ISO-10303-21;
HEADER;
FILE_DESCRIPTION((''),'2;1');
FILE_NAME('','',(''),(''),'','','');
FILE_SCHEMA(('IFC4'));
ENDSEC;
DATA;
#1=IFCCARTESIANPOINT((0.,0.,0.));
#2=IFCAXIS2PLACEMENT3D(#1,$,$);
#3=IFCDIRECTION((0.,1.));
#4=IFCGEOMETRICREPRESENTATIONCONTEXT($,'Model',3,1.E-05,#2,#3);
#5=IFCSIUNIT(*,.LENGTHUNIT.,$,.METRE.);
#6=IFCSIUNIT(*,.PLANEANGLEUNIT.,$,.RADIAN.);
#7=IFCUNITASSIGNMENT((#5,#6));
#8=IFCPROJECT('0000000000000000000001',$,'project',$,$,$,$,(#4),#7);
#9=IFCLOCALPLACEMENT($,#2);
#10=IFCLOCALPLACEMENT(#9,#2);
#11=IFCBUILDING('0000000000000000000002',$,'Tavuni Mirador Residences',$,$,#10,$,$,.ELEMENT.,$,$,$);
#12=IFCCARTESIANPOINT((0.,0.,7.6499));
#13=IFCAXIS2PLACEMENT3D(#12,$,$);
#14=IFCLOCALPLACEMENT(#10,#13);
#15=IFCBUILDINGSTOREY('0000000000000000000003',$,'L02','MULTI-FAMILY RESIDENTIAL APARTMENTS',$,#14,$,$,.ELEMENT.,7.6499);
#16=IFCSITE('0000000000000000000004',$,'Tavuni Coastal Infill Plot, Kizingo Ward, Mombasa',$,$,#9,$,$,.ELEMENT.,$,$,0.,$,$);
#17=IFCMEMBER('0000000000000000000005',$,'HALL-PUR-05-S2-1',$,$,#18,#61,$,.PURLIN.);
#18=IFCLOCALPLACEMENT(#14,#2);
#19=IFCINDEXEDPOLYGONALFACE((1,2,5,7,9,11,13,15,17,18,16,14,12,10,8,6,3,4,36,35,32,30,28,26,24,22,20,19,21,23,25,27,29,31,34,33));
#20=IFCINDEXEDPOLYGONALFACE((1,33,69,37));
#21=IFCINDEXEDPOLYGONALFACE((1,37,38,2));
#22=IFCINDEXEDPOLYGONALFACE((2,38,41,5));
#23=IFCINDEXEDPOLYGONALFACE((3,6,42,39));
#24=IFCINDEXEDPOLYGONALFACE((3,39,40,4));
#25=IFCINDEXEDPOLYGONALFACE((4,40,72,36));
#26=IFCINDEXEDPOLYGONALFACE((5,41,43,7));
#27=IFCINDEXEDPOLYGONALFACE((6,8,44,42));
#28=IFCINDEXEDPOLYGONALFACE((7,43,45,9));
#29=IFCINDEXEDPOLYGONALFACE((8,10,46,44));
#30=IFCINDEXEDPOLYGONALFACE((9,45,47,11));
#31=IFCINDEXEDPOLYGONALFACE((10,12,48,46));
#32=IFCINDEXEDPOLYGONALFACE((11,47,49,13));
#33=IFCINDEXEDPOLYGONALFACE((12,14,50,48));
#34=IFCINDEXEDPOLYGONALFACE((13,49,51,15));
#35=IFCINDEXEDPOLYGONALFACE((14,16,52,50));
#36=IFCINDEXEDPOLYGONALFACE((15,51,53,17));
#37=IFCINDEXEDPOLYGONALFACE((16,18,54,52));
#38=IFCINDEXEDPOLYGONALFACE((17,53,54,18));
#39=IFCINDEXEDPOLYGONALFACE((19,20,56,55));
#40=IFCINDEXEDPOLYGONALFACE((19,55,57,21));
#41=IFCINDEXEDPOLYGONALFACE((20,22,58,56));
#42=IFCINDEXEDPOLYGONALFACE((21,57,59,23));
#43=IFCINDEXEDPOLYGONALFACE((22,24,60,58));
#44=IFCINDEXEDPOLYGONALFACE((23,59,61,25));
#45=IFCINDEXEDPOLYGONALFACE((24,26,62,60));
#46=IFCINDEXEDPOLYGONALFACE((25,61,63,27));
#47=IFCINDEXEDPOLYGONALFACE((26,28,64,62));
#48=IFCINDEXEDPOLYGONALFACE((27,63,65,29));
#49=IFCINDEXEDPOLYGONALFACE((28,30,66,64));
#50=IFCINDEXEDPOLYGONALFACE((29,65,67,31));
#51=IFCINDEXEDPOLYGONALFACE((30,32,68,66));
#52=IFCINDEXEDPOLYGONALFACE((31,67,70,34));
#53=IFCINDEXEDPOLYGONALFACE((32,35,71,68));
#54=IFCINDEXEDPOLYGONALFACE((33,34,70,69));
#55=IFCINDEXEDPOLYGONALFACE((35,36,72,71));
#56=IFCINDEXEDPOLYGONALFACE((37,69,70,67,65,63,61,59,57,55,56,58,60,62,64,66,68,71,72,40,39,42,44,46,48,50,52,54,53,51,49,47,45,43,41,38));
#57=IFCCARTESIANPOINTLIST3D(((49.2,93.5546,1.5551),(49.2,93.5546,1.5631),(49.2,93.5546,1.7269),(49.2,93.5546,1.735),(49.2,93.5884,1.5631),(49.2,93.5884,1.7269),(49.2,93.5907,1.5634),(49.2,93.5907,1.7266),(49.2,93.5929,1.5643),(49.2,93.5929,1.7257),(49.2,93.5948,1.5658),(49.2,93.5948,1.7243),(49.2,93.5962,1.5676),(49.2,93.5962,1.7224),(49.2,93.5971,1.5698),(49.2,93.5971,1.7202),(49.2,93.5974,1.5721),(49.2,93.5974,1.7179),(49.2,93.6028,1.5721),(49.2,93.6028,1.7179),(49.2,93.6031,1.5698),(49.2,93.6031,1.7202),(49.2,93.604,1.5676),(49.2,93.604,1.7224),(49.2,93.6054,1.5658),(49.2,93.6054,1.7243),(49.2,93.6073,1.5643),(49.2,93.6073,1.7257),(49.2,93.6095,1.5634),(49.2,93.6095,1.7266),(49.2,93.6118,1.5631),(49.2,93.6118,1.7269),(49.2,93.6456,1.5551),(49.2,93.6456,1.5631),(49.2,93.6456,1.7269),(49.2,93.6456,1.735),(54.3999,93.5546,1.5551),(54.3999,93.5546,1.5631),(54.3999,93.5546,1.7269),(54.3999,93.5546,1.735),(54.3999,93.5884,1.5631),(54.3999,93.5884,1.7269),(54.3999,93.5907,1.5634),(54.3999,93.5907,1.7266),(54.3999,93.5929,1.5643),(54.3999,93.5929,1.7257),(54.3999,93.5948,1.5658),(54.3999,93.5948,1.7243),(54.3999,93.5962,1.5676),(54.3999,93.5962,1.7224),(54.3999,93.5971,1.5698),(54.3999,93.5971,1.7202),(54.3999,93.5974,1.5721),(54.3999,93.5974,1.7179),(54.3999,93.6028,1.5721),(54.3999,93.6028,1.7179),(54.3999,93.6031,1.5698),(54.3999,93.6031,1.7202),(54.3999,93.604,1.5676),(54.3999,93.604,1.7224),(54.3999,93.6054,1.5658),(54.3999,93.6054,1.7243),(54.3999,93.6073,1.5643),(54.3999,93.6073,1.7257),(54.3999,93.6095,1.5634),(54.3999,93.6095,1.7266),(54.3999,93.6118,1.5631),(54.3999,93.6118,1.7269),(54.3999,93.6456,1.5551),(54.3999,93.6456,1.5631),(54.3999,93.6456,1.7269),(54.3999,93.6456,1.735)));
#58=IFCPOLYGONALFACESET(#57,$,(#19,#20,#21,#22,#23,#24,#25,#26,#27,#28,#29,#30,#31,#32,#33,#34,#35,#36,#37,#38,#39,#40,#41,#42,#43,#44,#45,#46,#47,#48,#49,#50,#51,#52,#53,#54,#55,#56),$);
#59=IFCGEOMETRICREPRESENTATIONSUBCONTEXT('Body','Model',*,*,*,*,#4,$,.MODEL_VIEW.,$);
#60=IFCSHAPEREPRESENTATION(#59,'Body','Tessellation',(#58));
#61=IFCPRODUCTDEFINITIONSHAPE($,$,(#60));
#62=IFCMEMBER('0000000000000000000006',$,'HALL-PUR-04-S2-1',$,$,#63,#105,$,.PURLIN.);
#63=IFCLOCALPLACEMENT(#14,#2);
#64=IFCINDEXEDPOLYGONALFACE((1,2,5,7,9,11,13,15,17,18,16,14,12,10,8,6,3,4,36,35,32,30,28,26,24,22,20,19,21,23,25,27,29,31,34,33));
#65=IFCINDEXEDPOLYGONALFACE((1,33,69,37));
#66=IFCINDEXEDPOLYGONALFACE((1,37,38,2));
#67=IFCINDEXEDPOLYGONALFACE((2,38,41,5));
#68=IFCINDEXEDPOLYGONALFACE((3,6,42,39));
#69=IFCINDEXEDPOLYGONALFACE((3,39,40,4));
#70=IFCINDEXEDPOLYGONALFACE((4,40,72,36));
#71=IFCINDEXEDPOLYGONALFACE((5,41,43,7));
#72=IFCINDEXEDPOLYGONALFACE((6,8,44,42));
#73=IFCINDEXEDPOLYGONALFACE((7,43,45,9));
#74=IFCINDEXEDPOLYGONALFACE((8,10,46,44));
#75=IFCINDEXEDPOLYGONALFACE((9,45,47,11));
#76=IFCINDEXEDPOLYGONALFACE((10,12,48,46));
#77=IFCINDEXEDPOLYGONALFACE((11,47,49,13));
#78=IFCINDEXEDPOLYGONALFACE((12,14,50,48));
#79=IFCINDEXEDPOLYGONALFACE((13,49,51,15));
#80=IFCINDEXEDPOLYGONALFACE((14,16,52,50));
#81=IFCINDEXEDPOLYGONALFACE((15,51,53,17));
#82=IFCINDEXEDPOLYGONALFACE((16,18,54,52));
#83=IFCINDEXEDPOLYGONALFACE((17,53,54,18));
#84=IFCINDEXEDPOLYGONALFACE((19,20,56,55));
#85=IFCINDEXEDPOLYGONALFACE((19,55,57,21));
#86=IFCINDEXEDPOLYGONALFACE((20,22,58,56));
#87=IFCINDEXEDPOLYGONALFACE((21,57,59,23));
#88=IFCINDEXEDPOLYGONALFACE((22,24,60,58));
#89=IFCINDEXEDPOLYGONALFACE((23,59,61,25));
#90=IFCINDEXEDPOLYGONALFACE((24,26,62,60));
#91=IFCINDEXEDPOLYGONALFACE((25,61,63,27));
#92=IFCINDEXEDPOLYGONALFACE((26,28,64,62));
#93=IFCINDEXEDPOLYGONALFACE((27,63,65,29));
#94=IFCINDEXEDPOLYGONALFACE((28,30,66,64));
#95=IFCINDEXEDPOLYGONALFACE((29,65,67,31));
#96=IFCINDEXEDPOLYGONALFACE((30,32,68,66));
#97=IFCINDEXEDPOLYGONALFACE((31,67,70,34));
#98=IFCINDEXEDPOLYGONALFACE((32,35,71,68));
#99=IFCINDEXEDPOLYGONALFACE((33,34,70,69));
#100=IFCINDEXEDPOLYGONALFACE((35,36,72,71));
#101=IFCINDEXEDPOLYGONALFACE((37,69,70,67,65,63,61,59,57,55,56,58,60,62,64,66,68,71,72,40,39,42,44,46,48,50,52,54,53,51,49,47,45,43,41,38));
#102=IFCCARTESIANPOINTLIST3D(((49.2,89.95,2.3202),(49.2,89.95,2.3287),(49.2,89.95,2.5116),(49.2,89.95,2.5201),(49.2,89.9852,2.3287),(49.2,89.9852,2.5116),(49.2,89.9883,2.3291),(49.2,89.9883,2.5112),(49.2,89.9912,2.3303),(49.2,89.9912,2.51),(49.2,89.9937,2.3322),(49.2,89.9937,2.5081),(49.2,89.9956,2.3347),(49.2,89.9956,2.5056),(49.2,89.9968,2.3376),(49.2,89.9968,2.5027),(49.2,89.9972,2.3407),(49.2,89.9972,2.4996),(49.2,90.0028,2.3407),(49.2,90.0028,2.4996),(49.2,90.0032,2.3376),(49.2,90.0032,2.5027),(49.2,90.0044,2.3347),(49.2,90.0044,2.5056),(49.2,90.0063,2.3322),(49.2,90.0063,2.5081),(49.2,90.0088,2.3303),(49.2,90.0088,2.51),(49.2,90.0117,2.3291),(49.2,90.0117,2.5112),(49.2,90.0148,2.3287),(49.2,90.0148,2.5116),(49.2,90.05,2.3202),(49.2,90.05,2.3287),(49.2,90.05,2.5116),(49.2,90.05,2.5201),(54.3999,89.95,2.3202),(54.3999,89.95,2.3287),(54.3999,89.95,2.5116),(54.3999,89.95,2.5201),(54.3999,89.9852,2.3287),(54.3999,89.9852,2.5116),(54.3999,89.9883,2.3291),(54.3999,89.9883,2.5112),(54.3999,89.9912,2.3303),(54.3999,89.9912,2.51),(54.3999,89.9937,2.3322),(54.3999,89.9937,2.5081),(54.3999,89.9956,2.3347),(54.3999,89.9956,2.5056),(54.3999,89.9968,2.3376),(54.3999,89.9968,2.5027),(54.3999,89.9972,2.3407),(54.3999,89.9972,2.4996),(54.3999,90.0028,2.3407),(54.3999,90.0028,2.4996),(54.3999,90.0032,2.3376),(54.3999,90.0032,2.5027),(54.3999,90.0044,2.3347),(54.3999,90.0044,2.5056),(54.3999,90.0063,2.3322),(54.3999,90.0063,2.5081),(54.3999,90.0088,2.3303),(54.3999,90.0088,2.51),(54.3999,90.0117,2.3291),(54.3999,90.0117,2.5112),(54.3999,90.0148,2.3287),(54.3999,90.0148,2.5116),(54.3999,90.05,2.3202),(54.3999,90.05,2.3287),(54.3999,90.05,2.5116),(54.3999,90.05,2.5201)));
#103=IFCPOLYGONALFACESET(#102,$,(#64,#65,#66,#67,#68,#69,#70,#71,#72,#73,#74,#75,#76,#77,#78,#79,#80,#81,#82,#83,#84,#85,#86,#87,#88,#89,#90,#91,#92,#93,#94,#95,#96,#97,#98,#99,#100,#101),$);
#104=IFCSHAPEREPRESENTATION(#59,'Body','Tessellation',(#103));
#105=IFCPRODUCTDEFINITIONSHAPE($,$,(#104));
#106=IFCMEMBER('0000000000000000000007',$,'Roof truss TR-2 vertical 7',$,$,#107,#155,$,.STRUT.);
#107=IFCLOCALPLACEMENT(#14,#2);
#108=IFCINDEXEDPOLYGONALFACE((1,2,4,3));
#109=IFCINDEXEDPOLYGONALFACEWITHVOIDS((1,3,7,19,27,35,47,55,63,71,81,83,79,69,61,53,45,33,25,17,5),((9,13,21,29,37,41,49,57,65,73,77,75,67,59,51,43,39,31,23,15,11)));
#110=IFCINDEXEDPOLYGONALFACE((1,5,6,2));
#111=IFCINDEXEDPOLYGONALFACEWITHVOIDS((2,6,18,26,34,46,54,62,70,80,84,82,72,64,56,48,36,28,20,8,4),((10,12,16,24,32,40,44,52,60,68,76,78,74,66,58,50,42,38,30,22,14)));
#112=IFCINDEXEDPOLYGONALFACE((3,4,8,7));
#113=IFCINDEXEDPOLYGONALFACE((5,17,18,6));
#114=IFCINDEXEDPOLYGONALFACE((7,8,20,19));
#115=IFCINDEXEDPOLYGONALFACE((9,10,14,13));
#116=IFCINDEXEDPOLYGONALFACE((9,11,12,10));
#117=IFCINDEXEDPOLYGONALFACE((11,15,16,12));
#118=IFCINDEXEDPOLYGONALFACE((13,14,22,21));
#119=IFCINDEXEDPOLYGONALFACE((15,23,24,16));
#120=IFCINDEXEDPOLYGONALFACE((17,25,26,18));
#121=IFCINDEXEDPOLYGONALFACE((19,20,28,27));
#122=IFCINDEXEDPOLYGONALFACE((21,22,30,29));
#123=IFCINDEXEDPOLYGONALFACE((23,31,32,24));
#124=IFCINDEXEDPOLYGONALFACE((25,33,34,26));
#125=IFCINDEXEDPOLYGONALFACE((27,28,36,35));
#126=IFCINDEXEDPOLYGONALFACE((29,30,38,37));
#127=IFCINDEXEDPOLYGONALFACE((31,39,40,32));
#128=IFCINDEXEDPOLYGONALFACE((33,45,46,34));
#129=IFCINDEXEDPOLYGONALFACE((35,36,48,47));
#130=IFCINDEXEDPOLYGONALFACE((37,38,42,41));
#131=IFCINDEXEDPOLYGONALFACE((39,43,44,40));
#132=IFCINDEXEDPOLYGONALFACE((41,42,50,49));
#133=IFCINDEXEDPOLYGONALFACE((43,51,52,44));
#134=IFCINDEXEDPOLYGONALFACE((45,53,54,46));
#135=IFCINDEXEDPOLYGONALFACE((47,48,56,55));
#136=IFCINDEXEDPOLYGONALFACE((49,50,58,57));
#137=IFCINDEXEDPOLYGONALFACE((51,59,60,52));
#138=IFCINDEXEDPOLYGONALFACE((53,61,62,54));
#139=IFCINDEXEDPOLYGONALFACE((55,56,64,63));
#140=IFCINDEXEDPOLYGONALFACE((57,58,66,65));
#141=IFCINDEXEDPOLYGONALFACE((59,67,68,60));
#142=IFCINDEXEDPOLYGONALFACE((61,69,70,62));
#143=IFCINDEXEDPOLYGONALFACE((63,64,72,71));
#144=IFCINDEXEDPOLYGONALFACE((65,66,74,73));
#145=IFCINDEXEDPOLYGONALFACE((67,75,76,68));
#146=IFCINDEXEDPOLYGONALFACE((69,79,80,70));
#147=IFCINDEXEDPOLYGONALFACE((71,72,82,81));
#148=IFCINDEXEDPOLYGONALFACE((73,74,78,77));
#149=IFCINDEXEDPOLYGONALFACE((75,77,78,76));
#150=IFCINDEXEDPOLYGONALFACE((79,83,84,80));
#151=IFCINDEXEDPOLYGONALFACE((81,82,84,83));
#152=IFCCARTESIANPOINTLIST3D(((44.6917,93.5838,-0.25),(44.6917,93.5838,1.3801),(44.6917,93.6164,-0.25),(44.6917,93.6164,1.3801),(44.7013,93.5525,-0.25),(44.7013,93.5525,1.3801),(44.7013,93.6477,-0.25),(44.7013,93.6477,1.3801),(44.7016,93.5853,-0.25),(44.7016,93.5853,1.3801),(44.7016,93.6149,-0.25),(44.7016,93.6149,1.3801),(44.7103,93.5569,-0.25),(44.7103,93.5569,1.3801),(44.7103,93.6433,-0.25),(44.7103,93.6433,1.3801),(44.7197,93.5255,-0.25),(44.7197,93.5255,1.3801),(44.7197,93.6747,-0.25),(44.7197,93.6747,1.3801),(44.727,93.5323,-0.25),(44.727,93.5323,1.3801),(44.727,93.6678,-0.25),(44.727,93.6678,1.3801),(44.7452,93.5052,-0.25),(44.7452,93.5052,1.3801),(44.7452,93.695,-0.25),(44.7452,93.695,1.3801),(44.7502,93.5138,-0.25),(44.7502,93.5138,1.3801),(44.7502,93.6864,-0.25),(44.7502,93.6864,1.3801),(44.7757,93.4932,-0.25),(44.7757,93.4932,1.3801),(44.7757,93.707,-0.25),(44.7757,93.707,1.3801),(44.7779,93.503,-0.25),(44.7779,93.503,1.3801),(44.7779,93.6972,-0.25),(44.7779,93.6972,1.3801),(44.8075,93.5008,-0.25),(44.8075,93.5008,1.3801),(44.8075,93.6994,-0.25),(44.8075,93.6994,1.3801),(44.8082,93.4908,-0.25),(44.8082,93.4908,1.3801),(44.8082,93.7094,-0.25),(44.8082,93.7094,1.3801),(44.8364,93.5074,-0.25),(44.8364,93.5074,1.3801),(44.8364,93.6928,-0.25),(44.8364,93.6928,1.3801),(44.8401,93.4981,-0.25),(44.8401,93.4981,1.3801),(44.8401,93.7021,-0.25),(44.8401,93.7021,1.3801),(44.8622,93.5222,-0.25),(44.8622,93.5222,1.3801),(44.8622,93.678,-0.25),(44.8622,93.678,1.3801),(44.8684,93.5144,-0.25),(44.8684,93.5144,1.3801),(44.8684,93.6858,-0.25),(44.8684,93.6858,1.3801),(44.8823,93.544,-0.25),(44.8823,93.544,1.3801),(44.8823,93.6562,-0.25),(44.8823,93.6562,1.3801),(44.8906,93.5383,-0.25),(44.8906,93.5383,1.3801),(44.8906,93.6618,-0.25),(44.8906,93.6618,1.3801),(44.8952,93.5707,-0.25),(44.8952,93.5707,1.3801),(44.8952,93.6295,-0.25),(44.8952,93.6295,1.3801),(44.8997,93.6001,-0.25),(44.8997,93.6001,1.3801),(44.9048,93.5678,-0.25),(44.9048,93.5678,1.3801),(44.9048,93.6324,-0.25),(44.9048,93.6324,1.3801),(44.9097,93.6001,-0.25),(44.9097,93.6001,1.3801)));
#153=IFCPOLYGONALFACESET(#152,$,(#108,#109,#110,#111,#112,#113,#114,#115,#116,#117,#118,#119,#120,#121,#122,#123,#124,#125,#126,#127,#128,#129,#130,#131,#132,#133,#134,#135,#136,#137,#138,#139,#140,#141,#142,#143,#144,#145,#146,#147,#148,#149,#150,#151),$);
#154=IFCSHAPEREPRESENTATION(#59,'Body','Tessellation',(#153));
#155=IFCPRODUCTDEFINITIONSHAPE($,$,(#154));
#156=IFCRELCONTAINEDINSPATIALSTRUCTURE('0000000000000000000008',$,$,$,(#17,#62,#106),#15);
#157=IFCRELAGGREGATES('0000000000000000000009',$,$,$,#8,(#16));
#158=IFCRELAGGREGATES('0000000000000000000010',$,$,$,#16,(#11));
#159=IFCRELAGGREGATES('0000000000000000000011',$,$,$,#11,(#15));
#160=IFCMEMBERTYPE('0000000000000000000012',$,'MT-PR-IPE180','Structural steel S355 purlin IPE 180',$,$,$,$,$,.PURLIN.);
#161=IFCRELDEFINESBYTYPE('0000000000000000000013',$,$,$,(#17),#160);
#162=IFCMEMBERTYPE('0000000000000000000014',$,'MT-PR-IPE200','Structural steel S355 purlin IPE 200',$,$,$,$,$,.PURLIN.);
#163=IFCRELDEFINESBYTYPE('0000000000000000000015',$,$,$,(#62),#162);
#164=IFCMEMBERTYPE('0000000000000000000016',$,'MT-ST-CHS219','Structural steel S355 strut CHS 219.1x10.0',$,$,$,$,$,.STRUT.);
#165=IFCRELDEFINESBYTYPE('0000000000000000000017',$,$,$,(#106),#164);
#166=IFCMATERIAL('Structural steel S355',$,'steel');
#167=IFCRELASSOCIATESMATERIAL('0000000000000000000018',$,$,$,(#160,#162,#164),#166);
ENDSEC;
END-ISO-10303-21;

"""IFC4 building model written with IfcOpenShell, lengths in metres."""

from ifc_helpers import new_model, si_unit, direction, frame, origin, origin_2d, place, context, subcontext, project, spatial, hollow_circle, i_section, extrude, material, material_profile, profile_set, type_object, element, save


model = new_model("IFC4")

# Units and contexts
model_context = context("Model", 3, precision=1e-05, world=origin(), true_north=direction((0.0, 1.0)))
body_context = subcontext(model_context, "Body", "Model", "MODEL_VIEW")
ifc_project = project(units=[si_unit("LENGTHUNIT", "METRE"), si_unit("PLANEANGLEUNIT", "RADIAN")], contexts=[model_context])

# Site, building, storey
site_placement = place(None, origin())
site = spatial("IfcSite", under=ifc_project, at=site_placement, Name="Tavuni Coastal Infill Plot, Kizingo Ward, Mombasa", CompositionType="ELEMENT", RefElevation=0.0)
building_placement = place(site_placement, origin())
building = spatial("IfcBuilding", under=site, at=building_placement, Name="Tavuni Mirador Residences", CompositionType="ELEMENT")
storey_placement = place(building_placement, frame((0.0, 0.0, 7.6499)))
storey = spatial("IfcBuildingStorey", under=building, at=storey_placement, Name="L02", Description="MULTI-FAMILY RESIDENTIAL APARTMENTS", CompositionType="ELEMENT", Elevation=7.6499)

# Members
ifc_material_1 = material(Name="Structural steel S355", Category="steel")
ifc_material_profile_1 = material_profile(ifc_material_1, i_section(OverallWidth=0.0911, OverallDepth=0.1799, WebThickness=0.0054, FlangeThickness=0.0081, FilletRadius=0.009, at=origin_2d()), Name="IPE 180", Category="steel")
ifc_profile_set_1 = profile_set([ifc_material_profile_1], Name="Structural steel S355")
member_type_1 = type_object("IfcMemberType", Name="MT-PR-IPE180", Description="Structural steel S355 purlin IPE 180", PredefinedType="PURLIN", material=ifc_profile_set_1)
member_1_placement = place(storey_placement, frame((49.2, 93.6001, 1.645), z_axis=(1.0, 0.0, 0.0), x_axis=(0.0, 1.0, 0.0)))
element("IfcMember", 1, at=member_1_placement, inside=storey, type_object=member_type_1, Name="HALL-PUR-05-S2-1", PredefinedType="PURLIN", context=body_context, shape_type="SweptSolid", body=[
    extrude(i_section(OverallWidth=0.0911, OverallDepth=0.1799, WebThickness=0.0054, FlangeThickness=0.0081, FilletRadius=0.009, at=origin_2d()), origin(), (0.0, 0.0, 1.0), 5.2),
])
ifc_material_profile_2 = material_profile(ifc_material_1, i_section(OverallWidth=0.1001, OverallDepth=0.2, WebThickness=0.0056, FlangeThickness=0.0085, FilletRadius=0.012, at=origin_2d()), Name="IPE 200", Category="steel")
ifc_profile_set_2 = profile_set([ifc_material_profile_2], Name="Structural steel S355")
member_type_2 = type_object("IfcMemberType", Name="MT-PR-IPE200", Description="Structural steel S355 purlin IPE 200", PredefinedType="PURLIN", material=ifc_profile_set_2)
member_2_placement = place(storey_placement, frame((49.2, 90.0, 2.4202), z_axis=(1.0, 0.0, 0.0), x_axis=(0.0, 1.0, 0.0)))
element("IfcMember", 2, at=member_2_placement, inside=storey, type_object=member_type_2, Name="HALL-PUR-04-S2-1", PredefinedType="PURLIN", context=body_context, shape_type="SweptSolid", body=[
    extrude(i_section(OverallWidth=0.1001, OverallDepth=0.2, WebThickness=0.0056, FlangeThickness=0.0085, FilletRadius=0.012, at=origin_2d()), origin(), (0.0, 0.0, 1.0), 5.2),
])
ifc_material_profile_3 = material_profile(ifc_material_1, hollow_circle(Radius=0.1096, WallThickness=0.01, at=origin_2d()), Name="CHS 219.1x10.0", Category="steel")
ifc_profile_set_3 = profile_set([ifc_material_profile_3], Name="Structural steel S355")
member_type_3 = type_object("IfcMemberType", Name="MT-ST-CHS219", Description="Structural steel S355 strut CHS 219.1x10.0", PredefinedType="STRUT", material=ifc_profile_set_3)
member_3_placement = place(storey_placement, frame((44.8, 93.6001, -0.25), z_axis=(0.0, 0.0, 1.0), x_axis=(1.0, 0.0, 0.0)))
element("IfcMember", 3, at=member_3_placement, inside=storey, type_object=member_type_3, Name="Roof truss TR-2 vertical 7", PredefinedType="STRUT", context=body_context, shape_type="SweptSolid", body=[
    extrude(hollow_circle(Radius=0.1096, WallThickness=0.01, at=origin_2d()), origin(), (0.0, 0.0, 1.0), 1.6301),
])

save(model, "model.ifc")
